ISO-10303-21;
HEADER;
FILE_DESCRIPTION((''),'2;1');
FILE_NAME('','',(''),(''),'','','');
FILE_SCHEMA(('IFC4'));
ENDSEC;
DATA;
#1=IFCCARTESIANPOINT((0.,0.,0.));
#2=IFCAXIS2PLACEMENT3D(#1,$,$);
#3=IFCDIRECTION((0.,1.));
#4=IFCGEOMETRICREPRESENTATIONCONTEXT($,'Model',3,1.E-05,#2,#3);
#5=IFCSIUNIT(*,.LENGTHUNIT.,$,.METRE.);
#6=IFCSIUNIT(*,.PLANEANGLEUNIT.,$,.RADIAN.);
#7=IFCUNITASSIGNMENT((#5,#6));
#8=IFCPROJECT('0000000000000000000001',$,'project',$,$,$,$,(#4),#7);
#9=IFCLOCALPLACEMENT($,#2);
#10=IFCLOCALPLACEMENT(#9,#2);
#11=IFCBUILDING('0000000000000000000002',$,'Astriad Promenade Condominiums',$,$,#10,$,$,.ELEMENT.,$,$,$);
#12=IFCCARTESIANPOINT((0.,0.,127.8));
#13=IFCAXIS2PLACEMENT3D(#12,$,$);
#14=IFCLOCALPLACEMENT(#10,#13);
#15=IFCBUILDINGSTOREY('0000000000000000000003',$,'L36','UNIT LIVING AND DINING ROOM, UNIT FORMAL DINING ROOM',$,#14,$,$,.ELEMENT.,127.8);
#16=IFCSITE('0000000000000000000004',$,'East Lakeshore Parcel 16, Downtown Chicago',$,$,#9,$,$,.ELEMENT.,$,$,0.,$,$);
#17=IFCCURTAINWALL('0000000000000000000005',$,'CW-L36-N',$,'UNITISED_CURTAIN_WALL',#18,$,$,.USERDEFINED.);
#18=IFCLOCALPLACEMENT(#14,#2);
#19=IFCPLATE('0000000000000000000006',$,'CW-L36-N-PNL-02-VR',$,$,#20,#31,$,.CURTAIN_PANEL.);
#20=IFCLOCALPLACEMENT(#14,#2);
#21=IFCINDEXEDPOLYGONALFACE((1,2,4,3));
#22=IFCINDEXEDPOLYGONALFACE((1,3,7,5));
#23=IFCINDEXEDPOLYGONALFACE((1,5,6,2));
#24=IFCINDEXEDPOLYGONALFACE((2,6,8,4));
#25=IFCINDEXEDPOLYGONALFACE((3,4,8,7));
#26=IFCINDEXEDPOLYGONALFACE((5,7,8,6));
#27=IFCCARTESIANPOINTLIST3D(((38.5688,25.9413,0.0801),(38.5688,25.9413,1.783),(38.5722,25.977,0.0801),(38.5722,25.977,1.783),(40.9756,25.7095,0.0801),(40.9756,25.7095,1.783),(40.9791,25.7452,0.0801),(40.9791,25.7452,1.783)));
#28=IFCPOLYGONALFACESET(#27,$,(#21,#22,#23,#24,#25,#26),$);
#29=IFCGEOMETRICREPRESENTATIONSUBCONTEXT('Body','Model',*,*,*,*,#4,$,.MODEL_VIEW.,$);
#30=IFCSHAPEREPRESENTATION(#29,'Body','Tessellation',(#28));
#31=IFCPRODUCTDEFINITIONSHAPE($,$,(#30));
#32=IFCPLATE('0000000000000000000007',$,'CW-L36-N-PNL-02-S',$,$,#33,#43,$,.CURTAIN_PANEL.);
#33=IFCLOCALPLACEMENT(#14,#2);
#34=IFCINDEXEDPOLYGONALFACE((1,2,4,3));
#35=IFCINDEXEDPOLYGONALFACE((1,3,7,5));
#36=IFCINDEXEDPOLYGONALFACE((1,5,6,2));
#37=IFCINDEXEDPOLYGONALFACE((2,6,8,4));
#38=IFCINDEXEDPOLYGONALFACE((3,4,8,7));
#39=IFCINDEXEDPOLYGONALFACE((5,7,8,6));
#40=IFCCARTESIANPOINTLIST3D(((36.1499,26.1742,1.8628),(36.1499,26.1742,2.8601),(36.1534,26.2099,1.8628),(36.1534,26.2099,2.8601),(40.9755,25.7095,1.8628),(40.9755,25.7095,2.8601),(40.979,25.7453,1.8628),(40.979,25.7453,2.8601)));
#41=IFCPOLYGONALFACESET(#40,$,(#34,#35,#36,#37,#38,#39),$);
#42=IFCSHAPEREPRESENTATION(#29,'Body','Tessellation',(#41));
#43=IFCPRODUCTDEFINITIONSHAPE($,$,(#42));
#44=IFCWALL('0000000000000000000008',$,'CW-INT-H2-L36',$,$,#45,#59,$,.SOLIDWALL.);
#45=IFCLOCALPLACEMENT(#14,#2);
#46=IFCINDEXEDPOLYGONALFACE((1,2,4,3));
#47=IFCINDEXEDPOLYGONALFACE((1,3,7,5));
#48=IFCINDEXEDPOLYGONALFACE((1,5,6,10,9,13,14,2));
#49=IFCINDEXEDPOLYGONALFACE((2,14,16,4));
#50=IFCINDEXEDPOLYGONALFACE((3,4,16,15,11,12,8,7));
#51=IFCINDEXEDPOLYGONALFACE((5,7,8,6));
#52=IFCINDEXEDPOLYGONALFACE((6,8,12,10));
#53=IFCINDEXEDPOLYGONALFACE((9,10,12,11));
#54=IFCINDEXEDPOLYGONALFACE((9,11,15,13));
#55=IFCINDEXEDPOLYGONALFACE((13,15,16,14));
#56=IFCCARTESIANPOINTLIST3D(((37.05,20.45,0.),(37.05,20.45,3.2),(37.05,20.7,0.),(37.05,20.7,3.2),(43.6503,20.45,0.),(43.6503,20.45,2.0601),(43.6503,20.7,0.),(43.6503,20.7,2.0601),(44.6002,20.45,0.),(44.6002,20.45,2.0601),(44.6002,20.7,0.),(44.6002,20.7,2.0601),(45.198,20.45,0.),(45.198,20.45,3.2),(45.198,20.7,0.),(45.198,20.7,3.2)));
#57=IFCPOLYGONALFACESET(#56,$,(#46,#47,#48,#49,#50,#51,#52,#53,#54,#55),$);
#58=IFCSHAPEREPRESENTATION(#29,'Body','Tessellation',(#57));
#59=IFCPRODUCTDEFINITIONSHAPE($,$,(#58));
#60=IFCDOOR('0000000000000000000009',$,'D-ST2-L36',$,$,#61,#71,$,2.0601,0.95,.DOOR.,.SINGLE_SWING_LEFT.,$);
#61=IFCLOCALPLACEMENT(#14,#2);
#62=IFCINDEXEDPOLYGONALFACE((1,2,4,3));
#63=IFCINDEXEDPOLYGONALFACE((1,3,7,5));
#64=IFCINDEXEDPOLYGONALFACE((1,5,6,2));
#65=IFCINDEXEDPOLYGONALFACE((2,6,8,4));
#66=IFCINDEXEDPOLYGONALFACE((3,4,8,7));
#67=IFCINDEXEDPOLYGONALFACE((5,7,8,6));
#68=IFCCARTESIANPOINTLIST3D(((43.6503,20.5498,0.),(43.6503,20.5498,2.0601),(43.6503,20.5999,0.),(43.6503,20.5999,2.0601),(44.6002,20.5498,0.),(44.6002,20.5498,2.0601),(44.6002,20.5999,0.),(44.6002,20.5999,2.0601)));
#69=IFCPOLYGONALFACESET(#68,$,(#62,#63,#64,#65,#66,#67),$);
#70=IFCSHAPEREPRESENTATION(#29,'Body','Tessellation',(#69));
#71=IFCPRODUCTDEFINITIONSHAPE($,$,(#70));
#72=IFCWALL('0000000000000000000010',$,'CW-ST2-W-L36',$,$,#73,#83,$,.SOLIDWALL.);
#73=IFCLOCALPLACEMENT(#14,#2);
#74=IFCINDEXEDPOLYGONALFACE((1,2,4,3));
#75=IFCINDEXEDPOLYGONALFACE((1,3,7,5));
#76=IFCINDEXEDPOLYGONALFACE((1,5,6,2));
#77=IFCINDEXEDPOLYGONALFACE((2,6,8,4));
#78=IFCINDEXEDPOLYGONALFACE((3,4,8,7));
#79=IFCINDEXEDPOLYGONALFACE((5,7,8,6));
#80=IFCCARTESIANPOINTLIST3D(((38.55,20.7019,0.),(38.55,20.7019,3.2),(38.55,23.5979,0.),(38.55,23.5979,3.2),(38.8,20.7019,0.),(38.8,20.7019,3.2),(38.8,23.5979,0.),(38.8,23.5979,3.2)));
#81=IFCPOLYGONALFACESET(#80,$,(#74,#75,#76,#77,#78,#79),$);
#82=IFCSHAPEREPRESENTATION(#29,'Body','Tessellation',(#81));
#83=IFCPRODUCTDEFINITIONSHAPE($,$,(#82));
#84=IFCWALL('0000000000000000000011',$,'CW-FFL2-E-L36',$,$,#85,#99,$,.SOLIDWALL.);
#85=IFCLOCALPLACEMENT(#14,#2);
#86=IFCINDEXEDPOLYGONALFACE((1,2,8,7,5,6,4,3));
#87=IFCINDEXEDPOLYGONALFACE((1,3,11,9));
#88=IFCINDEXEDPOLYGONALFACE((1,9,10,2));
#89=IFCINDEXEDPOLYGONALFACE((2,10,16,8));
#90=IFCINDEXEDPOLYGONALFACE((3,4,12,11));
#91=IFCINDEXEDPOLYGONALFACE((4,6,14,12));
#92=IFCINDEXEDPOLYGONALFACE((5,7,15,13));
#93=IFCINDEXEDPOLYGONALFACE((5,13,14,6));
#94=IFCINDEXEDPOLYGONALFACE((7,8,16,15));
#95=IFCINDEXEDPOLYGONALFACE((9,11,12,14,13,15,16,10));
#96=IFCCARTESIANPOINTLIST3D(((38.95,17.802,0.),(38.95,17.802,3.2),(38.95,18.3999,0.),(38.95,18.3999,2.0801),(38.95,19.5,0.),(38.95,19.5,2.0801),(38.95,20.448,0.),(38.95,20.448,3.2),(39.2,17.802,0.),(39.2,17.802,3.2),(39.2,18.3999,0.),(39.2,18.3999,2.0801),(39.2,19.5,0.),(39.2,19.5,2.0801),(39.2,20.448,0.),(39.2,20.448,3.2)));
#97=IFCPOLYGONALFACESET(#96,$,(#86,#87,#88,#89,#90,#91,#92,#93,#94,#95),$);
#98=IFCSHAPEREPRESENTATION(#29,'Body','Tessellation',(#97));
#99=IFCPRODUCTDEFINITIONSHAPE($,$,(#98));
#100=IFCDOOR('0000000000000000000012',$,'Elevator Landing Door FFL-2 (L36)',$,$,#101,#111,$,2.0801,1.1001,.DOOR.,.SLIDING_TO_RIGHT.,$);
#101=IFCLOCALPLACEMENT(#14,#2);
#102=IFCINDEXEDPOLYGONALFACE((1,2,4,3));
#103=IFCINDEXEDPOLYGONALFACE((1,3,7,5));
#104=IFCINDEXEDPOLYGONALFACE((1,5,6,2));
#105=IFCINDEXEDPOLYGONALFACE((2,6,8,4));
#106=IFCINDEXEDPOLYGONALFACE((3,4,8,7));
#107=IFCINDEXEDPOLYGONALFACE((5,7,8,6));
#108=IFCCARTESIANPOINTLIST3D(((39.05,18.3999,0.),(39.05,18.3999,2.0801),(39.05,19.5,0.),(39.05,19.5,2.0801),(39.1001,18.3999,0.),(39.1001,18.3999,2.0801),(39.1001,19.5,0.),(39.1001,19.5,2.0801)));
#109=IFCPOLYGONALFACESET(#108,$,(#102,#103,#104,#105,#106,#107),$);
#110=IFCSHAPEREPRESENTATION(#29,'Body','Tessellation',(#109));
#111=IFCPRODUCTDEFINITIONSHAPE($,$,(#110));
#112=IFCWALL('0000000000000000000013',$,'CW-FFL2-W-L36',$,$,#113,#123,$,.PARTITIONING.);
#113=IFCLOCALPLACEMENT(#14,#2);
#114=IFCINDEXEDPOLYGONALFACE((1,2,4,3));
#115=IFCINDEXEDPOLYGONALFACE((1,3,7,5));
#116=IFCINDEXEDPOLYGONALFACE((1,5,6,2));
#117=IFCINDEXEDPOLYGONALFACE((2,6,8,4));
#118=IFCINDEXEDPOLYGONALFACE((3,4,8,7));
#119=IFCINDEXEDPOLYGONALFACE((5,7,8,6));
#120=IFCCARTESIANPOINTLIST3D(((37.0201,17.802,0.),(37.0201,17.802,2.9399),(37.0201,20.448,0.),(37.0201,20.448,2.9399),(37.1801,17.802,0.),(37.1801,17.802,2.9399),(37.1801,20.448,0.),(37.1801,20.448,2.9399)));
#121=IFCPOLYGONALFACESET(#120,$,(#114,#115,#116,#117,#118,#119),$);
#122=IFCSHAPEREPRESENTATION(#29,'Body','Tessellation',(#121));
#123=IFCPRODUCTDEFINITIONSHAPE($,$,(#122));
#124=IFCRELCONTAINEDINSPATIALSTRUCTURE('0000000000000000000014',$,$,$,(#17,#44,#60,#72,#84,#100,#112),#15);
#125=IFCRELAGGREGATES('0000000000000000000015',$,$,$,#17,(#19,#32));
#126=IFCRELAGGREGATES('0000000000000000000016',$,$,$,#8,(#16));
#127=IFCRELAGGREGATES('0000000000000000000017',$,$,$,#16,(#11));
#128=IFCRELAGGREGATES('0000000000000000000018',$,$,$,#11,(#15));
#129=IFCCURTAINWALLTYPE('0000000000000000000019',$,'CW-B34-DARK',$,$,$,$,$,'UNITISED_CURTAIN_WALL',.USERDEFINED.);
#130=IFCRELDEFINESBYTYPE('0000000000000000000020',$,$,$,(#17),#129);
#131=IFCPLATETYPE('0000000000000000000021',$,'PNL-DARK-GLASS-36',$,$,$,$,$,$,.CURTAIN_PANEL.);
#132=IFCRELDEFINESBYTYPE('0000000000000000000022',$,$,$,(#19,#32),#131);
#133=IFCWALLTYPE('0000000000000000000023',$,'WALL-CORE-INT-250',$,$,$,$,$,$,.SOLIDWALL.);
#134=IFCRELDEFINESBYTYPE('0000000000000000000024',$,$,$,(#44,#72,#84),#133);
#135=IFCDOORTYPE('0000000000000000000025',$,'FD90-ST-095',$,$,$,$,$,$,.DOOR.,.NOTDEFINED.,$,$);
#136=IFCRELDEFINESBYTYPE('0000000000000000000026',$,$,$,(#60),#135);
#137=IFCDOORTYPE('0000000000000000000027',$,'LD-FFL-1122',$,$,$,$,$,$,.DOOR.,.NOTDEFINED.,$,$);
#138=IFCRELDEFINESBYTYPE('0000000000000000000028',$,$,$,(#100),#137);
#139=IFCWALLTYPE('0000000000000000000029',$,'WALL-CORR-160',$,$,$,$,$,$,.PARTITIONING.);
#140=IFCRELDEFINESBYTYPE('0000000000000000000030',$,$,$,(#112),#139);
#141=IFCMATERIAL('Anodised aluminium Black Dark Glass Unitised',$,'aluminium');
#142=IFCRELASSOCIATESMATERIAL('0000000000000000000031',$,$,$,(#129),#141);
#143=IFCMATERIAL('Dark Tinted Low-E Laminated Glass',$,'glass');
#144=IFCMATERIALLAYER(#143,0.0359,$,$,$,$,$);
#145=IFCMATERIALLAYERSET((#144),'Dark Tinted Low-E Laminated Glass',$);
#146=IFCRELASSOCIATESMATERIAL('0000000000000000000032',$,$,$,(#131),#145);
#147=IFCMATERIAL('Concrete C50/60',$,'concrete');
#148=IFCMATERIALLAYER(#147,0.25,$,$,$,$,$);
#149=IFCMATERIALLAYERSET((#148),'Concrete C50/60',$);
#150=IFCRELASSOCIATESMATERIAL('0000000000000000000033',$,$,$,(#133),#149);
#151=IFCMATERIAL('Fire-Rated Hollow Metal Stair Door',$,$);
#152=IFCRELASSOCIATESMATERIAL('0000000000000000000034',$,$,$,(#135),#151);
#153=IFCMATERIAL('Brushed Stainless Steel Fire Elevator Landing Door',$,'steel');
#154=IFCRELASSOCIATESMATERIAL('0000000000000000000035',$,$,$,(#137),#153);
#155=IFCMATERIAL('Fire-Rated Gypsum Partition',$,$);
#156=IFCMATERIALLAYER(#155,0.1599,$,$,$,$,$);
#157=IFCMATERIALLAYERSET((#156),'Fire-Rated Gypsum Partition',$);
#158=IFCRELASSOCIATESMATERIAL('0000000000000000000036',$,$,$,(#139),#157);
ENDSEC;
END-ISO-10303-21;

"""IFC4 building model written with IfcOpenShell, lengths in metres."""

from ifc_helpers import new_model, si_unit, direction, frame, frame_2d, origin, origin_2d, place, context, subcontext, project, spatial, rectangle, extrude, source, transform, mapped, material, layer, layer_set, type_object, type_shapes, element, fill, aggregate, save


model = new_model("IFC4")

# Units and contexts
model_context = context("Model", 3, precision=1e-05, world=origin(), true_north=direction((0.0, 1.0)))
body_context = subcontext(model_context, "Body", "Model", "MODEL_VIEW")
ifc_project = project(units=[si_unit("LENGTHUNIT", "METRE"), si_unit("PLANEANGLEUNIT", "RADIAN")], contexts=[model_context])

# Site, building, storey
site_placement = place(None, origin())
site = spatial("IfcSite", under=ifc_project, at=site_placement, Name="East Lakeshore Parcel 16, Downtown Chicago", CompositionType="ELEMENT", RefElevation=0.0)
building_placement = place(site_placement, origin())
building = spatial("IfcBuilding", under=site, at=building_placement, Name="Astriad Promenade Condominiums", CompositionType="ELEMENT")
storey_placement = place(building_placement, frame((0.0, 0.0, 127.8)))
storey = spatial("IfcBuildingStorey", under=building, at=storey_placement, Name="L36", Description="UNIT LIVING AND DINING ROOM, UNIT FORMAL DINING ROOM", CompositionType="ELEMENT", Elevation=127.8)

# Curtain wall, plates
ifc_material_1 = material(Name="Anodised aluminium Black Dark Glass Unitised", Category="aluminium")
curtain_wall_type = type_object("IfcCurtainWallType", Name="CW-B34-DARK", ElementType="UNITISED_CURTAIN_WALL", PredefinedType="USERDEFINED", material=ifc_material_1)
curtain_wall_placement = place(storey_placement, origin())
curtain_wall = element("IfcCurtainWall", 1, at=curtain_wall_placement, inside=storey, type_object=curtain_wall_type, Name="CW-L36-N", ObjectType="UNITISED_CURTAIN_WALL", PredefinedType="USERDEFINED")
ifc_material_2 = material(Name="Dark Tinted Low-E Laminated Glass", Category="glass")
ifc_layer_1 = layer(ifc_material_2, 0.0359)
ifc_layer_set_1 = layer_set([ifc_layer_1], Name="Dark Tinted Low-E Laminated Glass")
plate_type = type_object("IfcPlateType", Name="PNL-DARK-GLASS-36", PredefinedType="CURTAIN_PANEL", material=ifc_layer_set_1)
shared_shape_1 = source(origin(), body_context, "Body", "SweptSolid", [
    extrude(rectangle(XDim=2.418, YDim=0.0359, at=origin_2d()), origin(), (0.0, 0.0, 1.0), 1.7029),
])
plate_1_placement = place(storey_placement, frame((39.7739, 25.8433, 0.0801), z_axis=(0.0, 0.0, 1.0), x_axis=(0.995396, -0.095846, 0.0)))
plate_1 = element("IfcPlate", 2, at=plate_1_placement, type_object=plate_type, Name="CW-L36-N-PNL-02-VR", PredefinedType="CURTAIN_PANEL", context=body_context, shape_type="MappedRepresentation", body=[
    mapped(shared_shape_1, transform((0.0, 0.0, 0.0), scale=1.0)),
])
shared_shape_2 = source(origin(), body_context, "Body", "SweptSolid", [
    extrude(rectangle(XDim=4.8479, YDim=0.0359, at=origin_2d()), origin(), (0.0, 0.0, 1.0), 0.9973),
])
type_shapes(plate_type, [shared_shape_1, shared_shape_2])
plate_2_placement = place(storey_placement, frame((38.5645, 25.9597, 1.8628), z_axis=(0.0, 0.0, 1.0), x_axis=(0.995396, -0.095846, 0.0)))
plate_2 = element("IfcPlate", 3, at=plate_2_placement, type_object=plate_type, Name="CW-L36-N-PNL-02-S", PredefinedType="CURTAIN_PANEL", context=body_context, shape_type="MappedRepresentation", body=[
    mapped(shared_shape_2, transform((0.0, 0.0, 0.0), scale=1.0)),
])
aggregate(curtain_wall, [plate_1, plate_2])

# Wall, opening, door
ifc_material_3 = material(Name="Concrete C50/60", Category="concrete")
ifc_layer_2 = layer(ifc_material_3, 0.25)
ifc_layer_set_2 = layer_set([ifc_layer_2], Name="Concrete C50/60")
wall_type_1 = type_object("IfcWallType", Name="WALL-CORE-INT-250", PredefinedType="SOLIDWALL", material=ifc_layer_set_2)
wall_1_placement = place(storey_placement, frame((37.05, 20.575, 0.0), z_axis=(0.0, 0.0, 1.0), x_axis=(1.0, 0.0, 0.0)))
wall_1 = element("IfcWall", 4, at=wall_1_placement, inside=storey, type_object=wall_type_1, Name="CW-INT-H2-L36", PredefinedType="SOLIDWALL", context=body_context, shape_type="SweptSolid", body=[
    extrude(rectangle(XDim=8.1479, YDim=0.25, at=frame_2d((4.074, 0.0))), origin(), (0.0, 0.0, 1.0), 3.2),
])
opening_1_placement = place(wall_1_placement, frame((6.6001, 0.0, 0.0)))
opening_1 = element("IfcOpeningElement", 5, at=opening_1_placement, cuts=wall_1, PredefinedType="OPENING", context=body_context, shape_type="SweptSolid", body=[
    extrude(rectangle(XDim=0.95, YDim=2.0601, at=frame_2d((0.4751, 1.03))), frame((0.0, 0.135, 0.0), z_axis=(0.0, -1.0, 0.0), x_axis=(1.0, 0.0, 0.0)), (0.0, 0.0, 1.0), 0.27),
])
ifc_material_4 = material(Name="Fire-Rated Hollow Metal Stair Door")
door_type_1 = type_object("IfcDoorType", Name="FD90-ST-095", OperationType="NOTDEFINED", PredefinedType="DOOR", material=ifc_material_4)
shared_shape_3 = source(origin(), body_context, "Body", "SweptSolid", [
    extrude(rectangle(XDim=0.95, YDim=2.0601, at=frame_2d((0.4751, 1.03))), frame((0.0, 0.0249, 0.0), z_axis=(0.0, -1.0, 0.0), x_axis=(1.0, 0.0, 0.0)), (0.0, 0.0, 1.0), 0.05),
])
type_shapes(door_type_1, [shared_shape_3])
door_1_placement = place(opening_1_placement, origin())
door_1 = element("IfcDoor", 6, at=door_1_placement, inside=storey, type_object=door_type_1, Name="D-ST2-L36", OperationType="SINGLE_SWING_LEFT", OverallHeight=2.0601, OverallWidth=0.95, PredefinedType="DOOR", context=body_context, shape_type="MappedRepresentation", body=[
    mapped(shared_shape_3, transform((0.0, 0.0, 0.0), scale=1.0)),
])
fill(opening_1, door_1)

# Wall
wall_2_placement = place(storey_placement, frame((38.675, 20.7019, 0.0), z_axis=(0.0, 0.0, 1.0), x_axis=(0.0, 1.0, 0.0)))
element("IfcWall", 7, at=wall_2_placement, inside=storey, type_object=wall_type_1, Name="CW-ST2-W-L36", PredefinedType="SOLIDWALL", context=body_context, shape_type="SweptSolid", body=[
    extrude(rectangle(XDim=2.896, YDim=0.25, at=frame_2d((1.448, 0.0))), origin(), (0.0, 0.0, 1.0), 3.2),
])

# Wall, opening, door
wall_3_placement = place(storey_placement, frame((39.075, 17.802, 0.0), z_axis=(0.0, 0.0, 1.0), x_axis=(0.0, 1.0, 0.0)))
wall_3 = element("IfcWall", 8, at=wall_3_placement, inside=storey, type_object=wall_type_1, Name="CW-FFL2-E-L36", PredefinedType="SOLIDWALL", context=body_context, shape_type="SweptSolid", body=[
    extrude(rectangle(XDim=2.646, YDim=0.25, at=frame_2d((1.323, 0.0))), origin(), (0.0, 0.0, 1.0), 3.2),
])
opening_2_placement = place(wall_3_placement, frame((0.5979, 0.0, 0.0)))
opening_2 = element("IfcOpeningElement", 9, at=opening_2_placement, cuts=wall_3, PredefinedType="OPENING", context=body_context, shape_type="SweptSolid", body=[
    extrude(rectangle(XDim=1.1001, YDim=2.0801, at=frame_2d((0.55, 1.04))), frame((0.0, 0.135, 0.0), z_axis=(0.0, -1.0, 0.0), x_axis=(1.0, 0.0, 0.0)), (0.0, 0.0, 1.0), 0.27),
])
ifc_material_5 = material(Name="Brushed Stainless Steel Fire Elevator Landing Door", Category="steel")
door_type_2 = type_object("IfcDoorType", Name="LD-FFL-1122", OperationType="NOTDEFINED", PredefinedType="DOOR", material=ifc_material_5)
shared_shape_4 = source(origin(), body_context, "Body", "SweptSolid", [
    extrude(rectangle(XDim=1.1001, YDim=2.0801, at=frame_2d((0.55, 1.04))), frame((0.0, 0.0249, 0.0), z_axis=(0.0, -1.0, 0.0), x_axis=(1.0, 0.0, 0.0)), (0.0, 0.0, 1.0), 0.05),
])
type_shapes(door_type_2, [shared_shape_4])
door_2_placement = place(opening_2_placement, origin())
door_2 = element("IfcDoor", 10, at=door_2_placement, inside=storey, type_object=door_type_2, Name="Elevator Landing Door FFL-2 (L36)", OperationType="SLIDING_TO_RIGHT", OverallHeight=2.0801, OverallWidth=1.1001, PredefinedType="DOOR", context=body_context, shape_type="MappedRepresentation", body=[
    mapped(shared_shape_4, transform((0.0, 0.0, 0.0), scale=1.0)),
])
fill(opening_2, door_2)

# Wall
ifc_material_6 = material(Name="Fire-Rated Gypsum Partition")
ifc_layer_3 = layer(ifc_material_6, 0.1599)
ifc_layer_set_3 = layer_set([ifc_layer_3], Name="Fire-Rated Gypsum Partition")
wall_type_2 = type_object("IfcWallType", Name="WALL-CORR-160", PredefinedType="PARTITIONING", material=ifc_layer_set_3)
wall_4_placement = place(storey_placement, frame((37.1001, 17.802, 0.0), z_axis=(0.0, 0.0, 1.0), x_axis=(0.0, 1.0, 0.0)))
element("IfcWall", 11, at=wall_4_placement, inside=storey, type_object=wall_type_2, Name="CW-FFL2-W-L36", PredefinedType="PARTITIONING", context=body_context, shape_type="SweptSolid", body=[
    extrude(rectangle(XDim=2.646, YDim=0.1599, at=frame_2d((1.323, 0.0))), origin(), (0.0, 0.0, 1.0), 2.9399),
])

save(model, "model.ifc")
